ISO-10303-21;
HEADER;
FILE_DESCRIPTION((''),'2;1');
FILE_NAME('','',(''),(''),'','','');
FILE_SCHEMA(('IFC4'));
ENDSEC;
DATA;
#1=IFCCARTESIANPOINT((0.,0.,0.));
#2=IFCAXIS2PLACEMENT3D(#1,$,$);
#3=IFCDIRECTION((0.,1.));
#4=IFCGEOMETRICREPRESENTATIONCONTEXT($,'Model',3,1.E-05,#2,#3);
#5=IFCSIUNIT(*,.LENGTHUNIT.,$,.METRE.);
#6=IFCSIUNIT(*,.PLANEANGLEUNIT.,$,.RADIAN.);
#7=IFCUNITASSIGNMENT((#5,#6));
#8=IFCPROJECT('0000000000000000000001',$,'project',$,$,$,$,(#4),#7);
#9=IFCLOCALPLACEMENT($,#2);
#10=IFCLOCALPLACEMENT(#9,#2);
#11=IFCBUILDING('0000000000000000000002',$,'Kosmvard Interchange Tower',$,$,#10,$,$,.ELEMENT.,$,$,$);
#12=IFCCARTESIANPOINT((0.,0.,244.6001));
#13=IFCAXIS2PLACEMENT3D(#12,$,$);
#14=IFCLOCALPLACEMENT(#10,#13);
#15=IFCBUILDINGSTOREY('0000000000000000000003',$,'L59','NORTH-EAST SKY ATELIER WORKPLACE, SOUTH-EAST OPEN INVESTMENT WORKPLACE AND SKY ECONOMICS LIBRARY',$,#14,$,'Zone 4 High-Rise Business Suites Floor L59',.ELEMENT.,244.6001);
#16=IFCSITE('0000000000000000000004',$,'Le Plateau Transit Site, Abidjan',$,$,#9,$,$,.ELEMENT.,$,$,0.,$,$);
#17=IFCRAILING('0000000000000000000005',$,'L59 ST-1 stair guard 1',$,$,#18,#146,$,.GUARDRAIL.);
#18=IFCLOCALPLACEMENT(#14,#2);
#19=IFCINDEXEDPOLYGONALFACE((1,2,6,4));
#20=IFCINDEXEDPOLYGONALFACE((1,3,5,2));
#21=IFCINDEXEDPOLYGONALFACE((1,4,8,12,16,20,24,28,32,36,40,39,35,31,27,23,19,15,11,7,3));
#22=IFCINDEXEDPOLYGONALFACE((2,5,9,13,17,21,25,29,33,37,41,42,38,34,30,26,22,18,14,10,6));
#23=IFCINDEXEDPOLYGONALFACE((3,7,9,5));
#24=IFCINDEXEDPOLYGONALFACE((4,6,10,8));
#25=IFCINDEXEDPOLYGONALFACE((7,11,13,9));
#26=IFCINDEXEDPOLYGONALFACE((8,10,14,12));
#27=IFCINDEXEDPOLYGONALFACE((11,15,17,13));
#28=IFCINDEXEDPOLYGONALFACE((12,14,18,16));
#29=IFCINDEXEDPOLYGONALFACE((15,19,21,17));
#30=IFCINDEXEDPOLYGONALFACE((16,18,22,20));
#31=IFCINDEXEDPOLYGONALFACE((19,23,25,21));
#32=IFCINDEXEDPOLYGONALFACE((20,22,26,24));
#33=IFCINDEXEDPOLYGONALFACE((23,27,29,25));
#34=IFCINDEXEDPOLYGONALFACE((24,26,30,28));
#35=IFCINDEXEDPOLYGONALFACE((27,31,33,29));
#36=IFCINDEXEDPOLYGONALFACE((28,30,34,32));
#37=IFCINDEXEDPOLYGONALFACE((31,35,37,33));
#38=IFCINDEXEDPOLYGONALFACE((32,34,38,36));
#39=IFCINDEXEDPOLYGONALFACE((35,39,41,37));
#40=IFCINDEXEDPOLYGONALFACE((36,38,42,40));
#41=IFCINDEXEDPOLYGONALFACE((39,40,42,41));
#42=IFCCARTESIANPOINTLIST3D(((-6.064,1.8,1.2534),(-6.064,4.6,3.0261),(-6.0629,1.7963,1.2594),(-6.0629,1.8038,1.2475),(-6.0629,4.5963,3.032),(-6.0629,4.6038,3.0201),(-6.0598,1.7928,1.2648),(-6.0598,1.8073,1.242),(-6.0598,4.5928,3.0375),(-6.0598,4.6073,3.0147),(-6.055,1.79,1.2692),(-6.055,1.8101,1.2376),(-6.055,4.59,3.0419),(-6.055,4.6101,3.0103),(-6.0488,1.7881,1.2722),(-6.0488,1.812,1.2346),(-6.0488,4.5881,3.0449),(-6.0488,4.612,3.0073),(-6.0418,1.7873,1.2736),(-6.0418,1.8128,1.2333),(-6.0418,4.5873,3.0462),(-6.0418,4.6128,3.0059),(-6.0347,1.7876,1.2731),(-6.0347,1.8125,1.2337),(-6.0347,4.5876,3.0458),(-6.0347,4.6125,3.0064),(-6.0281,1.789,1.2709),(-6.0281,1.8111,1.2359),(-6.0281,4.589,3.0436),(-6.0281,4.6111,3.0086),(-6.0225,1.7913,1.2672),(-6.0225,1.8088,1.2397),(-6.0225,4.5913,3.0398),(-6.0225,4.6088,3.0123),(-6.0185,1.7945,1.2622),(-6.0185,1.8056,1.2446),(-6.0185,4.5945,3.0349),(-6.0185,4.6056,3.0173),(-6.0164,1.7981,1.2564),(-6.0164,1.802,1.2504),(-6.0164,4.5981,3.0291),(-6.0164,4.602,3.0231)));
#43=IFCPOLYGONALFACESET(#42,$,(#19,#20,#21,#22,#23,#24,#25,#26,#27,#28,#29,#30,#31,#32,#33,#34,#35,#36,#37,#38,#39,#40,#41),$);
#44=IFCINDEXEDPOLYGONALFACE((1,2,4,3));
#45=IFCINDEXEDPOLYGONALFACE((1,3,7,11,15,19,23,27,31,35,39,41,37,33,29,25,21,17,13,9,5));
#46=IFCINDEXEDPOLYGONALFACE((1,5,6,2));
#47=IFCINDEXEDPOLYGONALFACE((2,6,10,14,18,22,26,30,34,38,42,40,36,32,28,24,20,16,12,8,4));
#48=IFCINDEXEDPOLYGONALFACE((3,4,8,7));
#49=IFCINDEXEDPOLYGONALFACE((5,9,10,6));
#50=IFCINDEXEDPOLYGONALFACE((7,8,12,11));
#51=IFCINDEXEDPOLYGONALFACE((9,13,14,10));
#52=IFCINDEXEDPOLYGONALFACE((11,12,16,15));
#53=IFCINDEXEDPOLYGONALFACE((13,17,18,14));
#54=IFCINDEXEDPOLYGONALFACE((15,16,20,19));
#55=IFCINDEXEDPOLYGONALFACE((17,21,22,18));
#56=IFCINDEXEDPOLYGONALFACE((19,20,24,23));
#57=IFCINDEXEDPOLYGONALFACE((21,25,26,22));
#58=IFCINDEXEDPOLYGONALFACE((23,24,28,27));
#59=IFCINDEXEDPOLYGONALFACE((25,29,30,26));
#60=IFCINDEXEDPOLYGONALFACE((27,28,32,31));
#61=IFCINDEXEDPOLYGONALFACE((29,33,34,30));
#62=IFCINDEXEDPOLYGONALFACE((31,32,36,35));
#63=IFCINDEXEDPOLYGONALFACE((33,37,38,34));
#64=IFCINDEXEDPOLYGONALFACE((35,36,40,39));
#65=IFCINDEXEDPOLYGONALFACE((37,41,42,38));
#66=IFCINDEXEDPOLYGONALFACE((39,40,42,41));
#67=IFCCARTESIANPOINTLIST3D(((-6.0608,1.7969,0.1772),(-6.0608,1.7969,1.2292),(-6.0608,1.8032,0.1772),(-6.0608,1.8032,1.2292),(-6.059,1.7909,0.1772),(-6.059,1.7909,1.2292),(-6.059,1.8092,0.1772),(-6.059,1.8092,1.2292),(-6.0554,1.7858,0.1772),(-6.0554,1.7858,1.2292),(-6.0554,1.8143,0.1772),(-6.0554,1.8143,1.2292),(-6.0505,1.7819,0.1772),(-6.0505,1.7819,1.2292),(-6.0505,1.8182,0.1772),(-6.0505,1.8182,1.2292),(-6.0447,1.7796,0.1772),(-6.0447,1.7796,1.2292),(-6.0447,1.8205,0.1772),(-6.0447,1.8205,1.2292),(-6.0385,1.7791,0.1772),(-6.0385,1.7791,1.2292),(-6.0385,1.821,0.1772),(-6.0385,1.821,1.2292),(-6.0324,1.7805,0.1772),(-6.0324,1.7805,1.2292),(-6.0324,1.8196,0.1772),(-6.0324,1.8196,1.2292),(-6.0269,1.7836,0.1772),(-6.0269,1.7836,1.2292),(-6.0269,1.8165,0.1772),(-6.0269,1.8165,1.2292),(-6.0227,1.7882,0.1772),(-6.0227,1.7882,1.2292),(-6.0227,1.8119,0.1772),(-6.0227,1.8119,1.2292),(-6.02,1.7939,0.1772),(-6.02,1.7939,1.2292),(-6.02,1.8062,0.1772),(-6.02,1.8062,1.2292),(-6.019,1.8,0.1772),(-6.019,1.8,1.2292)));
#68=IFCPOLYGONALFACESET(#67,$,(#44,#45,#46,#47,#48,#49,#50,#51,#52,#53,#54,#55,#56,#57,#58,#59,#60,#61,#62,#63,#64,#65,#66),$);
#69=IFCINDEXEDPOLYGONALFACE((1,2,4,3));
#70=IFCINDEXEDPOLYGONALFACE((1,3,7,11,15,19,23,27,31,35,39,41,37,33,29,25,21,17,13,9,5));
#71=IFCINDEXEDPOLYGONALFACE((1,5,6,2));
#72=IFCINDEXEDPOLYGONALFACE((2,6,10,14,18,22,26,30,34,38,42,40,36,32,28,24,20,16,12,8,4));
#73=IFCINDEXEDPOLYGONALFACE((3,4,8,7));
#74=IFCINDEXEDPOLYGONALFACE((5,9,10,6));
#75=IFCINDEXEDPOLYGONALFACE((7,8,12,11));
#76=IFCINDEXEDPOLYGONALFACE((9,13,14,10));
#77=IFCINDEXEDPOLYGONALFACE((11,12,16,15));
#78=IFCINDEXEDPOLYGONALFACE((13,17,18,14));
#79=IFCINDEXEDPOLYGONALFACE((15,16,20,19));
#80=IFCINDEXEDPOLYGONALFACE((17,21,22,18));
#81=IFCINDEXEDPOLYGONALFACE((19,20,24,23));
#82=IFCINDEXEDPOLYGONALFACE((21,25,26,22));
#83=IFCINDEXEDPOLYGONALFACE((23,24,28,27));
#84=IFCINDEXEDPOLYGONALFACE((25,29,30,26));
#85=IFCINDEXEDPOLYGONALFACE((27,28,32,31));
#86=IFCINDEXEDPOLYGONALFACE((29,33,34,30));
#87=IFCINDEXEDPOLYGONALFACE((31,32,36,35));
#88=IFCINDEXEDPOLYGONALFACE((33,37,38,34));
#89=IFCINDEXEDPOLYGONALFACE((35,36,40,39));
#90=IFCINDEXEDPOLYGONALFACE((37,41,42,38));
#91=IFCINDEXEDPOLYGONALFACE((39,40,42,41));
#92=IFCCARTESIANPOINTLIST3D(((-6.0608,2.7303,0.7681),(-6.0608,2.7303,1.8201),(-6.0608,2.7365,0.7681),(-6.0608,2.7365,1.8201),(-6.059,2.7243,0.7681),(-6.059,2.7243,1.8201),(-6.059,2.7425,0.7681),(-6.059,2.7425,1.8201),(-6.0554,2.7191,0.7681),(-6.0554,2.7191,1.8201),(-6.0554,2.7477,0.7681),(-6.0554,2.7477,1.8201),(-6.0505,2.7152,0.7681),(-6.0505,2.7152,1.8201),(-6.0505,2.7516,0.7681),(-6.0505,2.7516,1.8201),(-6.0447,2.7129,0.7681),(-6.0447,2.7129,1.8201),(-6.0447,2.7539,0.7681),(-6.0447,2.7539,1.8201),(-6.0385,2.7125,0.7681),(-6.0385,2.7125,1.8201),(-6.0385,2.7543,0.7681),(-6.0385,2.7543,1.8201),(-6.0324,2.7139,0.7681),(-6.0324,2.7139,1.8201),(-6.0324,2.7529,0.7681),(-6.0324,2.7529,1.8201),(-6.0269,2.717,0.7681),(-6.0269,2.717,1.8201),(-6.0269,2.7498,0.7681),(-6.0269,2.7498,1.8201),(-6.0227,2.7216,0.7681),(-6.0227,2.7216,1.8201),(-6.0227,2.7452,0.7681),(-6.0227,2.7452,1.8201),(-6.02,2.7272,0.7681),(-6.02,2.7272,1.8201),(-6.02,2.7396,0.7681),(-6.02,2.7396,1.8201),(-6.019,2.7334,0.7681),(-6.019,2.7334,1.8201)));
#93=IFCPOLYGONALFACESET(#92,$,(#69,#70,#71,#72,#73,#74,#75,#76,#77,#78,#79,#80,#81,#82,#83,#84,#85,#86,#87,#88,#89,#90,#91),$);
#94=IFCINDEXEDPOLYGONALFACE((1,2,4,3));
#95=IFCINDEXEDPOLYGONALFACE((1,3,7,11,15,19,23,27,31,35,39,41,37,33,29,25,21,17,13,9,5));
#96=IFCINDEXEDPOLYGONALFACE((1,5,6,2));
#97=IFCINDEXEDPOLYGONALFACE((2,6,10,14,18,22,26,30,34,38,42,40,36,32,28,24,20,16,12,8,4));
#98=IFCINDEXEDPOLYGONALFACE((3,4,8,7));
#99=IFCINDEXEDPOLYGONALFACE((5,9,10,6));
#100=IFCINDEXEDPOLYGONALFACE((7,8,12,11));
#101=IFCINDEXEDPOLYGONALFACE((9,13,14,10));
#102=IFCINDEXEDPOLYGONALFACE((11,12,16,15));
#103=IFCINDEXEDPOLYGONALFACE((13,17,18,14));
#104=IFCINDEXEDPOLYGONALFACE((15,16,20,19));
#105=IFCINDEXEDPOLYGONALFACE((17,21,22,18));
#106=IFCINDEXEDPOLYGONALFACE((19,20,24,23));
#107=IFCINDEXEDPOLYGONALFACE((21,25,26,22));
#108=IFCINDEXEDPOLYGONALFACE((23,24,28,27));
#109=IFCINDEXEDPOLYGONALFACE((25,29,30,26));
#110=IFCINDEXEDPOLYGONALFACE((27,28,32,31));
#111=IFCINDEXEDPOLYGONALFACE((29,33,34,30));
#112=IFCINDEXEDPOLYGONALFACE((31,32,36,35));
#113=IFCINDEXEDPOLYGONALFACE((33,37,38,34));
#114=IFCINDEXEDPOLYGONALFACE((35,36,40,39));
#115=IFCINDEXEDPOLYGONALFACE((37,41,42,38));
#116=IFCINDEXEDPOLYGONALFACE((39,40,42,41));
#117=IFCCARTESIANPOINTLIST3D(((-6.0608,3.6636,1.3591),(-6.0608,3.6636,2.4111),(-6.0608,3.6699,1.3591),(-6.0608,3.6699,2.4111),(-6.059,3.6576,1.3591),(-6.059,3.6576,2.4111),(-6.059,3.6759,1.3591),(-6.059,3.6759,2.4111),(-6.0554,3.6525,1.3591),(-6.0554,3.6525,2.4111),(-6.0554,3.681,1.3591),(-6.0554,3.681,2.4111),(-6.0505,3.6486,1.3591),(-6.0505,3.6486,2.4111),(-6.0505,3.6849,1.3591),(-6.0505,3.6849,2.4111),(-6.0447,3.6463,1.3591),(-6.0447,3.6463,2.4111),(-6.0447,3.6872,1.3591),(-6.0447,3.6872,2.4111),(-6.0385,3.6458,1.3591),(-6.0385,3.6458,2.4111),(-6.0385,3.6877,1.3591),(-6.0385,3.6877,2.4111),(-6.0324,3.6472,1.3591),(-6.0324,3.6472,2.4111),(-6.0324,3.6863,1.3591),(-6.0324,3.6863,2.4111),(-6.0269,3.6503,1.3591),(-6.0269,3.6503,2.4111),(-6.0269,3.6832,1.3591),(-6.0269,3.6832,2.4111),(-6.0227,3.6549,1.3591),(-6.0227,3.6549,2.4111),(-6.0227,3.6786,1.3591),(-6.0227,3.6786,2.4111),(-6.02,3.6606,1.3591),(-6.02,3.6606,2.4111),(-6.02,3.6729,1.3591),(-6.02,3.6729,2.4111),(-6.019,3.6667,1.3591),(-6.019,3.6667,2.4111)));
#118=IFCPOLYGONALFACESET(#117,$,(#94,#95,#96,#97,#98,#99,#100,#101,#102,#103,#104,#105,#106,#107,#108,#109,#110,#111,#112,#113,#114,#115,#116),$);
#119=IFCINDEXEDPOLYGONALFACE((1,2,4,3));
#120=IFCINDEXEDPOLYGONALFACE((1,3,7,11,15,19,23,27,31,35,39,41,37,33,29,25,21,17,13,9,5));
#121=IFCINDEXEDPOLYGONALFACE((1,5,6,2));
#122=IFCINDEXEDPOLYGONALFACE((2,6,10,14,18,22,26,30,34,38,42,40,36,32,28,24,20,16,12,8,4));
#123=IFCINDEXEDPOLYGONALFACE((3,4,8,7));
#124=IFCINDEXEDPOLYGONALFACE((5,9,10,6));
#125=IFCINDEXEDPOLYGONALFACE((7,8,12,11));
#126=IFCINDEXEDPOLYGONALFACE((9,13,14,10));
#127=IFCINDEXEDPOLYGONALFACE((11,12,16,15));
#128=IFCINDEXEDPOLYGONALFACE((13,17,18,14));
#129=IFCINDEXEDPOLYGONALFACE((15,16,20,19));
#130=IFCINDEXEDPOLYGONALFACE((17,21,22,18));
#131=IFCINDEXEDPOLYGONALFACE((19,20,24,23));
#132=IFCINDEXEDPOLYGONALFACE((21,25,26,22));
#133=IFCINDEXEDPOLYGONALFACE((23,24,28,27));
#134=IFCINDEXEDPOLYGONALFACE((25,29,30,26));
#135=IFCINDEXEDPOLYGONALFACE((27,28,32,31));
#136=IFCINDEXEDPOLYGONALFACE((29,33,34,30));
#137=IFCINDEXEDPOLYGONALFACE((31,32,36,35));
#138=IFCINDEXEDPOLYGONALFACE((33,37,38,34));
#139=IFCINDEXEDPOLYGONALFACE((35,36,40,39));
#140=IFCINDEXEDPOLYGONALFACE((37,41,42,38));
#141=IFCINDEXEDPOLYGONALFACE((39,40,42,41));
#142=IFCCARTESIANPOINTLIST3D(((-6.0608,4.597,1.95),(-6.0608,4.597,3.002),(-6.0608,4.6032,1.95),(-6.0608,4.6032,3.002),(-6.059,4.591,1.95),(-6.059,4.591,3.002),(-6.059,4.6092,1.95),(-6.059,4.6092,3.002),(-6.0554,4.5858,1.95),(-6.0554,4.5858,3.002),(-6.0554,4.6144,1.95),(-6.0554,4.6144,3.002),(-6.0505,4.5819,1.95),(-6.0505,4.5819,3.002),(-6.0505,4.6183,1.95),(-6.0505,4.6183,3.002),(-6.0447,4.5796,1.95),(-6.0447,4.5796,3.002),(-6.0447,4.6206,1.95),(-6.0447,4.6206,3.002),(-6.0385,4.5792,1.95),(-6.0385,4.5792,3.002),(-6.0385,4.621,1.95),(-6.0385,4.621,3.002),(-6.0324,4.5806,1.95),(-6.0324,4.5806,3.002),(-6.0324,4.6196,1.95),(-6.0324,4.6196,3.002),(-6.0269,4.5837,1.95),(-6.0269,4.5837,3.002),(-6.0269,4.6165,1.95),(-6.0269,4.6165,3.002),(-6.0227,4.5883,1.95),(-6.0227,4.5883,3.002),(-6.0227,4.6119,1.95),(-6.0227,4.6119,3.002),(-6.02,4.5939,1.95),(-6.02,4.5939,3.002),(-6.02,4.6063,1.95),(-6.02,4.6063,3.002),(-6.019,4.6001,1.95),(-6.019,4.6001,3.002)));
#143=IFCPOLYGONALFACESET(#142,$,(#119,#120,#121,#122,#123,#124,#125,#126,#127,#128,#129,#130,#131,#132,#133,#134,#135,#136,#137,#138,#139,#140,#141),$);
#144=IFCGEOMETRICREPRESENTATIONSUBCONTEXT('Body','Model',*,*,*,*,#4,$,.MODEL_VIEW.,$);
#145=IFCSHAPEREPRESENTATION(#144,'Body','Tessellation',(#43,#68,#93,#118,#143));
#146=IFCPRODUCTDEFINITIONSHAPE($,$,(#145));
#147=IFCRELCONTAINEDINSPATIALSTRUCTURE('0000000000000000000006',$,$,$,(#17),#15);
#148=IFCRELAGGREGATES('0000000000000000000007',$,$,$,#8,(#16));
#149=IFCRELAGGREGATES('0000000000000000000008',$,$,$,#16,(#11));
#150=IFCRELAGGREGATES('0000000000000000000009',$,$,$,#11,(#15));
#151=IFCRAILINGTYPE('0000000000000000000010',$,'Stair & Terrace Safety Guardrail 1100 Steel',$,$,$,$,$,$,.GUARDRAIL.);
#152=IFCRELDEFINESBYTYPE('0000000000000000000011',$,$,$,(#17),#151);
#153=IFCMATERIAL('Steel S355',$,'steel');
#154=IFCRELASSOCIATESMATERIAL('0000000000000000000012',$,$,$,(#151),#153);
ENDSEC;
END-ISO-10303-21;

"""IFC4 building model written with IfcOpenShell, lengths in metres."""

from ifc_helpers import new_model, si_unit, direction, frame, origin, origin_2d, place, context, subcontext, project, spatial, circle, extrude, source, transform, mapped, material, type_object, element, save


model = new_model("IFC4")

# Units and contexts
model_context = context("Model", 3, precision=1e-05, world=origin(), true_north=direction((0.0, 1.0)))
body_context = subcontext(model_context, "Body", "Model", "MODEL_VIEW")
ifc_project = project(units=[si_unit("LENGTHUNIT", "METRE"), si_unit("PLANEANGLEUNIT", "RADIAN")], contexts=[model_context])

# Site, building, storey
site_placement = place(None, origin())
site = spatial("IfcSite", under=ifc_project, at=site_placement, Name="Le Plateau Transit Site, Abidjan", CompositionType="ELEMENT", RefElevation=0.0)
building_placement = place(site_placement, origin())
building = spatial("IfcBuilding", under=site, at=building_placement, Name="Kosmvard Interchange Tower", CompositionType="ELEMENT")
storey_placement = place(building_placement, frame((0.0, 0.0, 244.6001)))
storey = spatial("IfcBuildingStorey", under=building, at=storey_placement, Name="L59", Description="NORTH-EAST SKY ATELIER WORKPLACE, SOUTH-EAST OPEN INVESTMENT WORKPLACE AND SKY ECONOMICS LIBRARY", LongName="Zone 4 High-Rise Business Suites Floor L59", CompositionType="ELEMENT", Elevation=244.6001)

# Shared definitions
ifc_material_1 = material(Name="Steel S355", Category="steel")

# Railing
railing_type_1 = type_object("IfcRailingType", Name="Stair & Terrace Safety Guardrail 1100 Steel", PredefinedType="GUARDRAIL", material=ifc_material_1)
shared_shape_1 = source(origin(), body_context, "Body", "SweptSolid", [
    extrude(circle(Radius=0.0239, at=origin_2d()), frame((0.0, 0.0, 1.0762), z_axis=(0.0, 0.844909, 0.53491), x_axis=(-1.0, 0.0, 0.0)), (0.0, 0.0, 1.0), 3.314),
    extrude(circle(Radius=0.021, at=origin_2d()), origin(), (0.0, 0.0, 1.0), 1.052),
    extrude(circle(Radius=0.021, at=origin_2d()), frame((0.0, 0.9333, 0.5908)), (0.0, 0.0, 1.0), 1.052),
    extrude(circle(Radius=0.021, at=origin_2d()), frame((0.0, 1.8667, 1.1819)), (0.0, 0.0, 1.0), 1.052),
    extrude(circle(Radius=0.021, at=origin_2d()), frame((0.0, 2.8, 1.7727)), (0.0, 0.0, 1.0), 1.052),
])
railing_1_placement = place(storey_placement, frame((-6.04, 1.8, 0.1772)))
element("IfcRailing", 1, at=railing_1_placement, inside=storey, type_object=railing_type_1, Name="L59 ST-1 stair guard 1", PredefinedType="GUARDRAIL", context=body_context, shape_type="MappedRepresentation", body=[
    mapped(shared_shape_1, transform((0.0, 0.0, 0.0), scale=1.0)),
])

save(model, "model.ifc")
